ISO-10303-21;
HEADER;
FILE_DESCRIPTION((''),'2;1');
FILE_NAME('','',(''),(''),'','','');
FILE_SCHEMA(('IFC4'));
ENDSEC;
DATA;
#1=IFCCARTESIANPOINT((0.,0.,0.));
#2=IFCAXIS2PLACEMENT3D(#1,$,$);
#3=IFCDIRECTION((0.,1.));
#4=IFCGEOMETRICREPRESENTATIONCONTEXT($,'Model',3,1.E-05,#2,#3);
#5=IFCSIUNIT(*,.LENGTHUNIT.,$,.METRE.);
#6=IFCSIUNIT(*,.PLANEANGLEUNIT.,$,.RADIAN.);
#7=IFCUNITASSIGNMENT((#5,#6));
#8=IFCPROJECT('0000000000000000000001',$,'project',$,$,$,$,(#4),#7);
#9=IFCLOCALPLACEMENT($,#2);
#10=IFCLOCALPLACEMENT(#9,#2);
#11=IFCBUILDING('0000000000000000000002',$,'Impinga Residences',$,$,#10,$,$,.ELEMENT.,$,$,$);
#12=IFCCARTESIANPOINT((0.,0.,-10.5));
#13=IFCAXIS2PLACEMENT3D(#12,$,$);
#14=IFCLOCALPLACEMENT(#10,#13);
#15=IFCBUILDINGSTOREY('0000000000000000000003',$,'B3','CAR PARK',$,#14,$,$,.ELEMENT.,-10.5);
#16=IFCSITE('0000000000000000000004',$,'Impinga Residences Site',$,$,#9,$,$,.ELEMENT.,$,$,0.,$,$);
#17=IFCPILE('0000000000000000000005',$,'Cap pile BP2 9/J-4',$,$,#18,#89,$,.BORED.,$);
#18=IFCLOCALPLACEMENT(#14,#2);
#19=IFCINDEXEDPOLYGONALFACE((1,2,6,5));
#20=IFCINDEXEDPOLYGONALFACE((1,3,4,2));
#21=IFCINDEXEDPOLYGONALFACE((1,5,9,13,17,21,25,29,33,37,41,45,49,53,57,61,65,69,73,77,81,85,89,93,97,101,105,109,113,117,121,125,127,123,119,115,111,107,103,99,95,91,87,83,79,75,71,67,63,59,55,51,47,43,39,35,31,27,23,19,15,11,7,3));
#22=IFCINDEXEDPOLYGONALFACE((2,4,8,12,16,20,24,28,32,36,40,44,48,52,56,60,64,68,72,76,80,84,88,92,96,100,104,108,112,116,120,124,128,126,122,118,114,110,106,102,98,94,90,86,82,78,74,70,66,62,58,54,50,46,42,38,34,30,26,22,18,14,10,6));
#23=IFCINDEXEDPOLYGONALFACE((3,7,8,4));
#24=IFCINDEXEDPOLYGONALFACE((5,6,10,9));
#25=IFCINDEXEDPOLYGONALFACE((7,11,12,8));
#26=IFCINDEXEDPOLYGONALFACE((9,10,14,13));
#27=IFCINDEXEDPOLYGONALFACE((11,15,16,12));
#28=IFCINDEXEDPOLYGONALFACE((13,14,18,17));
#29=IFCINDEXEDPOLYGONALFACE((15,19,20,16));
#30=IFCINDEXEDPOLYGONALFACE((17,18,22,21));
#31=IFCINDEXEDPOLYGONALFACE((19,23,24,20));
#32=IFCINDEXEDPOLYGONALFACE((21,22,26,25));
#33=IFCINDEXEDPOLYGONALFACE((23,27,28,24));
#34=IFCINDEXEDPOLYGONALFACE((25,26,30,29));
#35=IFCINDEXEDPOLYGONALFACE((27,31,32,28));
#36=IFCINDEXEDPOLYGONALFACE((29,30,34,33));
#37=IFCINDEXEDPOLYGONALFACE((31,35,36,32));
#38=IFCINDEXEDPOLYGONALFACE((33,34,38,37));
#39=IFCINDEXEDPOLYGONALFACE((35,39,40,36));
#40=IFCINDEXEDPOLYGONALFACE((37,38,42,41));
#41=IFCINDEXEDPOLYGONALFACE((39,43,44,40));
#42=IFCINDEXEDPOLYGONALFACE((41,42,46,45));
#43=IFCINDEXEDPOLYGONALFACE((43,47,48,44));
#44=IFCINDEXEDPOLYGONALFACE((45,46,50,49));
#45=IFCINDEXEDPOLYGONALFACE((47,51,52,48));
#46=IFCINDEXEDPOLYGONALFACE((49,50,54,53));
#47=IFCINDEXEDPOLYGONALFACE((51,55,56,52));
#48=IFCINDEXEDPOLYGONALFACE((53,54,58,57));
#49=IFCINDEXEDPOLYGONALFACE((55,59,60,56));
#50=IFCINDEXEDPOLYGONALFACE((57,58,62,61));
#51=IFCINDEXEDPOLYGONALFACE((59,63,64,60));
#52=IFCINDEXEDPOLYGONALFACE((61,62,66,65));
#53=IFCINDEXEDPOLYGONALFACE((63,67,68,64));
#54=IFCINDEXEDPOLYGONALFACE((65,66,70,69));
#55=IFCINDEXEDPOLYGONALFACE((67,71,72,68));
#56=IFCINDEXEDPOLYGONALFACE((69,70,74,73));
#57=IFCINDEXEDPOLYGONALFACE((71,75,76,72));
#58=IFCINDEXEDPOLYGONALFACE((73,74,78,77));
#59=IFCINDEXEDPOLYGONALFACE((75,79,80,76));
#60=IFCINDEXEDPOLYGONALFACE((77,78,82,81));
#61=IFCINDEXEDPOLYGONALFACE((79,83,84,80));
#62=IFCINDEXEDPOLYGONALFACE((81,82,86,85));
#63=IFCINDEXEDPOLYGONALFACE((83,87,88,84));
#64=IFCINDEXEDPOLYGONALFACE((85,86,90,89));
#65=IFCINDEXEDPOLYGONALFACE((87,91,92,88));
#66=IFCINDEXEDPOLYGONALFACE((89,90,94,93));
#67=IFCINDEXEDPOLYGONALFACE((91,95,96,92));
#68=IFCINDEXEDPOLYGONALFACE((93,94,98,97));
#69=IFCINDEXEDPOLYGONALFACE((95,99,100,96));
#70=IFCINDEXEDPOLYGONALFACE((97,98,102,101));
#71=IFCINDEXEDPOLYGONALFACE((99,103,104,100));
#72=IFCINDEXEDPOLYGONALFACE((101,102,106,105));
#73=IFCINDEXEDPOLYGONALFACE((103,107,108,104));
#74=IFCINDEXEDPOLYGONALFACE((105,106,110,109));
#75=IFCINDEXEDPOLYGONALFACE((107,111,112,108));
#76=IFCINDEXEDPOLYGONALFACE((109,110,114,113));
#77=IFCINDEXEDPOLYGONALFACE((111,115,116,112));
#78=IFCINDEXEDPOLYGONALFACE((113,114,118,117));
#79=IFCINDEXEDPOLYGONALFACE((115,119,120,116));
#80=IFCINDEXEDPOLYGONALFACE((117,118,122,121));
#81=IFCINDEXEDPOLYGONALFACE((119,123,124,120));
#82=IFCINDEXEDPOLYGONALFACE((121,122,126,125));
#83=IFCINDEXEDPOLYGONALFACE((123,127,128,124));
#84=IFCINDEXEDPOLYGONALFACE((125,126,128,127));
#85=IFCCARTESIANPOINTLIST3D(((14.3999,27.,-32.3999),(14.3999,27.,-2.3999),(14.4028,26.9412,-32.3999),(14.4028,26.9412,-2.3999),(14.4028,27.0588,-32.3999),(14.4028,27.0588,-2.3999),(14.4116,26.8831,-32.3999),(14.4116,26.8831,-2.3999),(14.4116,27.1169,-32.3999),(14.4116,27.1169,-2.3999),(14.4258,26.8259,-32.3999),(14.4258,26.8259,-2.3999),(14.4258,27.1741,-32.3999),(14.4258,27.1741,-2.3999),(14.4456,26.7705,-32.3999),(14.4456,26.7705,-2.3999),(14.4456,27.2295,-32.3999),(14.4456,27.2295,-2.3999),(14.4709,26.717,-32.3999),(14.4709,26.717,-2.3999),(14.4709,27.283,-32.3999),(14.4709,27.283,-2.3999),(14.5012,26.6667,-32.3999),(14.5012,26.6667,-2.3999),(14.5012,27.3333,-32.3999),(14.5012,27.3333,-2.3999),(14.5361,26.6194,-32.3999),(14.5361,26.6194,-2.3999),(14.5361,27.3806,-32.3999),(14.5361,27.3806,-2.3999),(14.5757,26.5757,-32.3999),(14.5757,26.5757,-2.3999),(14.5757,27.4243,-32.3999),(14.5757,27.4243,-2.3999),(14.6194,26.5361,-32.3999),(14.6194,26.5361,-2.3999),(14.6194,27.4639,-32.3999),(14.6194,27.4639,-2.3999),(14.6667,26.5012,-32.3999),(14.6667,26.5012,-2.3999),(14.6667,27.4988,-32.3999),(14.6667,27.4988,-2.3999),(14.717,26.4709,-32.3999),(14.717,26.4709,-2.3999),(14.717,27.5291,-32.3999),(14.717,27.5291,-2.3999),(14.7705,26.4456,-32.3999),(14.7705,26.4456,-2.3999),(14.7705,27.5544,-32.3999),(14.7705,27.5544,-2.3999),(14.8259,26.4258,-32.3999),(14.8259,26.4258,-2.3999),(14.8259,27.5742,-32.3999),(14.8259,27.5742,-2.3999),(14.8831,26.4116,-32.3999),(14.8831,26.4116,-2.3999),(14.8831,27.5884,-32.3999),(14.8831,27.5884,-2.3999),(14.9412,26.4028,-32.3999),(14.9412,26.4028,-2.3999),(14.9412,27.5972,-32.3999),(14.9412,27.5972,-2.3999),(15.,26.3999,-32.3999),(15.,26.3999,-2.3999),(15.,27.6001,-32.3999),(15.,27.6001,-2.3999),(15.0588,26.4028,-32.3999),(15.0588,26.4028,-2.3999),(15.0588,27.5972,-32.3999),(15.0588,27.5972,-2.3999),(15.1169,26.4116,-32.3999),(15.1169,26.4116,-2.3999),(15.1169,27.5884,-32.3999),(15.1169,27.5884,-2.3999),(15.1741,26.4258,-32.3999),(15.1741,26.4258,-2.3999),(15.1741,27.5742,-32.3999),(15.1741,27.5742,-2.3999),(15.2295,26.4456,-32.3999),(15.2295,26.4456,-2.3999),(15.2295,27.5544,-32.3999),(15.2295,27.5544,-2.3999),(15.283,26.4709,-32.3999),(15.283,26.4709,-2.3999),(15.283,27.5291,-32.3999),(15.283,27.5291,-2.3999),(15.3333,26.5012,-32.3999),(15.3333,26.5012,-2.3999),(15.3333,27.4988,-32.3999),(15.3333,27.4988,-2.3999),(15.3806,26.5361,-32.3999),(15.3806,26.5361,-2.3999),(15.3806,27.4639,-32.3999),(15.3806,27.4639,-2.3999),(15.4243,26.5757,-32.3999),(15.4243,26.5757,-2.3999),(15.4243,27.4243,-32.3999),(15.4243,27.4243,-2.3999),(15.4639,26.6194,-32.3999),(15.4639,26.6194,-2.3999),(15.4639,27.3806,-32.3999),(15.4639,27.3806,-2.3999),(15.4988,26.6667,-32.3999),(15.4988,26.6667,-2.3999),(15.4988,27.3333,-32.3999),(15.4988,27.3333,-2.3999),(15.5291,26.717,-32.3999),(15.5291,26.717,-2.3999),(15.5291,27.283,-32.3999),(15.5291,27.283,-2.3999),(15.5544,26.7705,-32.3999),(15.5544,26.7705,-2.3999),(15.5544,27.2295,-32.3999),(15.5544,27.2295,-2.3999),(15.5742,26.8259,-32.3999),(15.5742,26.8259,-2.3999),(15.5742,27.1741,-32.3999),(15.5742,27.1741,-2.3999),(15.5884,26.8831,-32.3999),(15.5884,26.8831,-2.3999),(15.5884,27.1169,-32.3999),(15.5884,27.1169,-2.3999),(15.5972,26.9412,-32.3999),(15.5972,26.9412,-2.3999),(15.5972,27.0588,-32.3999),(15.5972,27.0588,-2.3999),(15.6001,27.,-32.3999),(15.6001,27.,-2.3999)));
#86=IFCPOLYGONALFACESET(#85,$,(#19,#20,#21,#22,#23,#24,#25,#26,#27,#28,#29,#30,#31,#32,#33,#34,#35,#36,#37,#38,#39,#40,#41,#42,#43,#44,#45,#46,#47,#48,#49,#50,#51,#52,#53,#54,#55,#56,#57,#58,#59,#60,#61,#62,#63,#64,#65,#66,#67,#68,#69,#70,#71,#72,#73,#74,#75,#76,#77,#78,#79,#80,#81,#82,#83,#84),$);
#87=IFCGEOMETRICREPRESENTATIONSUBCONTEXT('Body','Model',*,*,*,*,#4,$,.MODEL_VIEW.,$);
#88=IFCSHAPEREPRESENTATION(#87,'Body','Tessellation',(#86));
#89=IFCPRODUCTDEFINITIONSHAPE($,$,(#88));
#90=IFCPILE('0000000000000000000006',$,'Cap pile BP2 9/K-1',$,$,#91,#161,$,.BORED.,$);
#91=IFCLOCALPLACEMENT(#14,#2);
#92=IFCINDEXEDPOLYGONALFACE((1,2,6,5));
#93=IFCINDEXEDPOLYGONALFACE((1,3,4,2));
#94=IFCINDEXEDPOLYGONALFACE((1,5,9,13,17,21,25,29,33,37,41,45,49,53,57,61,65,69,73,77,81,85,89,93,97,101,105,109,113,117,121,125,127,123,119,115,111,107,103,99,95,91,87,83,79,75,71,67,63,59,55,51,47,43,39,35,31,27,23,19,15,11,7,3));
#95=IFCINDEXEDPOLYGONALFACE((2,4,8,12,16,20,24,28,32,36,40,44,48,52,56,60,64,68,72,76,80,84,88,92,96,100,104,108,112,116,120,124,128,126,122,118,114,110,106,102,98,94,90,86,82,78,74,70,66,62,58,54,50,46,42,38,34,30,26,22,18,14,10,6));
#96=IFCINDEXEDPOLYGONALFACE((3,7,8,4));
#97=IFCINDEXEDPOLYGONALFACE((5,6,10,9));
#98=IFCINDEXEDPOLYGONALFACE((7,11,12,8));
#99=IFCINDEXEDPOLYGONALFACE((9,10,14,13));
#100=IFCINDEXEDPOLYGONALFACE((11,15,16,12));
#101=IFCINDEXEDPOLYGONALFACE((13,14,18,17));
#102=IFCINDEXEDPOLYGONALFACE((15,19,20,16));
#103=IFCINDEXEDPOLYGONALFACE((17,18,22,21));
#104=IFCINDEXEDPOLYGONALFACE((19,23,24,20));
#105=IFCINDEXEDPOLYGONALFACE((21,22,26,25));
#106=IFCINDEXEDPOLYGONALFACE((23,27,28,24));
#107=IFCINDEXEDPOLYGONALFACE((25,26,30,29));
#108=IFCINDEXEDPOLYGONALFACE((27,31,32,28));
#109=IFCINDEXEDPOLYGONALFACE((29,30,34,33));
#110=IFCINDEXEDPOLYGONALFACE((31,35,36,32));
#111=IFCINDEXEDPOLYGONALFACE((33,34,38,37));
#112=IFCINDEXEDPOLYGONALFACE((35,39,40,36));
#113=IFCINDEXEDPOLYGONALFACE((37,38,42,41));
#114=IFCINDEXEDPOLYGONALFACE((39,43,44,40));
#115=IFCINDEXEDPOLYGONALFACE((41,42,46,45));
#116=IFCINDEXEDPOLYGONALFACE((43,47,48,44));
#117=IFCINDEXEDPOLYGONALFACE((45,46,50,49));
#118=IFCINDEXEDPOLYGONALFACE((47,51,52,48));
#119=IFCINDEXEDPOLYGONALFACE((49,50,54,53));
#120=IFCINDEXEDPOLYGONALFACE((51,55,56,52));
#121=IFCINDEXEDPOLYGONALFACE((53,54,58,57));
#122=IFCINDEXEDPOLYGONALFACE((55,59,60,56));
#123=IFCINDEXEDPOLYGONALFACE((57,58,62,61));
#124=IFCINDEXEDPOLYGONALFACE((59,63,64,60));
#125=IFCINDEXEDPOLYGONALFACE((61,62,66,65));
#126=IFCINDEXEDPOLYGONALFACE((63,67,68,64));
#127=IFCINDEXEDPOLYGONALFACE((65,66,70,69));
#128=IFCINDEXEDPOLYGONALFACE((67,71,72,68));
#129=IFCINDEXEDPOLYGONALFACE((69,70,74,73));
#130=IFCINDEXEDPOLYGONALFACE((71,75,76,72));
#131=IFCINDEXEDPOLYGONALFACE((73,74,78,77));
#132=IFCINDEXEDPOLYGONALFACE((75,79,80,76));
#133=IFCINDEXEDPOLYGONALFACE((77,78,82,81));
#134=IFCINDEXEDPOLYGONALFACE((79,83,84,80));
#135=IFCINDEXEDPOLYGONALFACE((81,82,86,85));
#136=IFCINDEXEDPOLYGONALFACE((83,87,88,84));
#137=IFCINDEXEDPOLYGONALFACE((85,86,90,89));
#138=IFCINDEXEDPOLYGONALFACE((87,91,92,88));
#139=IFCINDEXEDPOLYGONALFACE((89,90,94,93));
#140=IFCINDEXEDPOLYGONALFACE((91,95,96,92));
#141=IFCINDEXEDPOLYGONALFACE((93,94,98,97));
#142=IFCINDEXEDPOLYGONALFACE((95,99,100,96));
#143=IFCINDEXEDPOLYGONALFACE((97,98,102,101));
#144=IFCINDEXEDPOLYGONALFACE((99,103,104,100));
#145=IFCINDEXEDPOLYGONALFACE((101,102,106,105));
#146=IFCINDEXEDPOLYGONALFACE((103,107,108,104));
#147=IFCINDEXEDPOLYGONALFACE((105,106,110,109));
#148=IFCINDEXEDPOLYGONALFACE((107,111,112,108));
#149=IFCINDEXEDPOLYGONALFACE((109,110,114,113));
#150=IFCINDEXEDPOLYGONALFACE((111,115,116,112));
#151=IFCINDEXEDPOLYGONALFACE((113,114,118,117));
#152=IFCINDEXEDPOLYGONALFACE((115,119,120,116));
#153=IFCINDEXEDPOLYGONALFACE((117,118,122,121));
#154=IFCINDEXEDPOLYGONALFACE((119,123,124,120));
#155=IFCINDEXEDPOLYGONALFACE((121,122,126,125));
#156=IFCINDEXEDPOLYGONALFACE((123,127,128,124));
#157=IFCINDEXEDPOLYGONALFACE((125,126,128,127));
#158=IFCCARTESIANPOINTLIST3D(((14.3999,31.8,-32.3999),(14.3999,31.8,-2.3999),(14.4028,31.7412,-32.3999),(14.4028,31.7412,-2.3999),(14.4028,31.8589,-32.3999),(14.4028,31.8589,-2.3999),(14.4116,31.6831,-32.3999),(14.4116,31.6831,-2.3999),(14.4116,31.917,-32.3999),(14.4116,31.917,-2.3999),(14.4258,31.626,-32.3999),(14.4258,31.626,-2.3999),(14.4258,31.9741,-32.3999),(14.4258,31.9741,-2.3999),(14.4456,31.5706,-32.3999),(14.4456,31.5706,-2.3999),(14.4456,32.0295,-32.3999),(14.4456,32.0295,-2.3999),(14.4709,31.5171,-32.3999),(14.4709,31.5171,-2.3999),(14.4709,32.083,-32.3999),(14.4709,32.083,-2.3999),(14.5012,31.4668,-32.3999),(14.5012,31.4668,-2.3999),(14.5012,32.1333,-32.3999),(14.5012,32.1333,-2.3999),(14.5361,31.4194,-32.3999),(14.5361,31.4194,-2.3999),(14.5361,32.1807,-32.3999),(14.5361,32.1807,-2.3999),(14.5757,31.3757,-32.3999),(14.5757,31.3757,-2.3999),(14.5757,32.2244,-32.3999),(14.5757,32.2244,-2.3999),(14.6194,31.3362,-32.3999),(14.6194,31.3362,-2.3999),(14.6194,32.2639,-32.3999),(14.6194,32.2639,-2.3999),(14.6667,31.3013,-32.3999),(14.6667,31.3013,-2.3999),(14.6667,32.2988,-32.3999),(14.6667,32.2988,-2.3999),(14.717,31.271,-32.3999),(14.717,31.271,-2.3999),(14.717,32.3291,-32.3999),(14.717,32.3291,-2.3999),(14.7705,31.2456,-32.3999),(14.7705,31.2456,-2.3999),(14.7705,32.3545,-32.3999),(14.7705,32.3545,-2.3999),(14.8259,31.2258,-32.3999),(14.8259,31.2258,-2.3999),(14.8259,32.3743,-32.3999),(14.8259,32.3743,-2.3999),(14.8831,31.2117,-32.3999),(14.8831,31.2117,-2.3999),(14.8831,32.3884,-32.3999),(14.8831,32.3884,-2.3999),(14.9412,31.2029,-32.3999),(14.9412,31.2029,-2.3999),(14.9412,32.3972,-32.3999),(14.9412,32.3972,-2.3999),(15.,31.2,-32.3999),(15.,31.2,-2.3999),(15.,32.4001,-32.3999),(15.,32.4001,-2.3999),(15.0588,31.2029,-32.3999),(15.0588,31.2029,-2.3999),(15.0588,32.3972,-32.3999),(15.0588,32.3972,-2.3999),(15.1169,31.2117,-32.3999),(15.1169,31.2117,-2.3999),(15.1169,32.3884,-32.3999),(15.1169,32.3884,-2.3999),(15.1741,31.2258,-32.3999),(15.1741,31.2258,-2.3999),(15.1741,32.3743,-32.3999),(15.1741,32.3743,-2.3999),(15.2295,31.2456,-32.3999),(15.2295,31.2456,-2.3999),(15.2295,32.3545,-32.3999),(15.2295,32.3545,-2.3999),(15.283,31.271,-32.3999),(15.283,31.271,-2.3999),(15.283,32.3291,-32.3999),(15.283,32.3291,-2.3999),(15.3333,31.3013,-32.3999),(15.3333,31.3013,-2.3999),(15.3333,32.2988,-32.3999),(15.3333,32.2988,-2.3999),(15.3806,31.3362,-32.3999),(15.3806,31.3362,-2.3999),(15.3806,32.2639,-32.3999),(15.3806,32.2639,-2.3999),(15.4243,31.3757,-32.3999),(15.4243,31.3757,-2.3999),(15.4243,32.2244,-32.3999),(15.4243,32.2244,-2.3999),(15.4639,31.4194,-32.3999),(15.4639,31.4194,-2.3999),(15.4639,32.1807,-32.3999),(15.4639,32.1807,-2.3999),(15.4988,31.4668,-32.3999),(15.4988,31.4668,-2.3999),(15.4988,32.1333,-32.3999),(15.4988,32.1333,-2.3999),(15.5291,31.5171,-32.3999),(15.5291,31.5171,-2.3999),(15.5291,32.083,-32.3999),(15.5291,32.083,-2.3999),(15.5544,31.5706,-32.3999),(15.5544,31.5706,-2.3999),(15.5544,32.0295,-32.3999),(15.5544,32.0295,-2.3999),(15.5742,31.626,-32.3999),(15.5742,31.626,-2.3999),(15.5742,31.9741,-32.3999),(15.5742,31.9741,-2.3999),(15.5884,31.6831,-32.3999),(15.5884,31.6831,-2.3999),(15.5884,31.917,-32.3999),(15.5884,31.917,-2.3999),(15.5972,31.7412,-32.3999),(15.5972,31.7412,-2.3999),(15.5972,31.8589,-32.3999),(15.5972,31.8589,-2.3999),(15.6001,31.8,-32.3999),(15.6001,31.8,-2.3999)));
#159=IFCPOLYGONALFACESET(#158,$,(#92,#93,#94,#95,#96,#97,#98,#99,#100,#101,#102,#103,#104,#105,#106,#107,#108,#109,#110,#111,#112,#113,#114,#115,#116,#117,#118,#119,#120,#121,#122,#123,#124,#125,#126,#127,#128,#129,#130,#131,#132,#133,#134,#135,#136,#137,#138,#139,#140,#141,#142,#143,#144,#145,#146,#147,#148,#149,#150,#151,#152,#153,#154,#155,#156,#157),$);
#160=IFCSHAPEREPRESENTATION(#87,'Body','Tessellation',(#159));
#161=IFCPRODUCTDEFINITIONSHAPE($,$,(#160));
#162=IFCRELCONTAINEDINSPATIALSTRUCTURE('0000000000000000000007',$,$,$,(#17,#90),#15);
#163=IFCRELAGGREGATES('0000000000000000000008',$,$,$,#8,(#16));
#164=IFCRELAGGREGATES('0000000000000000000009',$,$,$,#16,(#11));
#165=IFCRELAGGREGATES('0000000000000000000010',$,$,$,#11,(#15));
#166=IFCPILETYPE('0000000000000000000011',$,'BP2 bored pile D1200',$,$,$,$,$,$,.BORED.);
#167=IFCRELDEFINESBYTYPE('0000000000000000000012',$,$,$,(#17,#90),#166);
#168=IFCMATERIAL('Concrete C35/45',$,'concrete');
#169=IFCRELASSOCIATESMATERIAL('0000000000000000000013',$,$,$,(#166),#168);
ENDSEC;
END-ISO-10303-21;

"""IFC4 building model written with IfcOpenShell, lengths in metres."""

from ifc_helpers import new_model, si_unit, direction, frame, origin, origin_2d, place, context, subcontext, project, spatial, polyline, circle, outline, extrude, material, material_profile, profile_set, type_object, element, save


model = new_model("IFC4")

# Units and contexts
model_context = context("Model", 3, precision=1e-05, world=origin(), true_north=direction((0.0, 1.0)))
body_context = subcontext(model_context, "Body", "Model", "MODEL_VIEW")
ifc_project = project(units=[si_unit("LENGTHUNIT", "METRE"), si_unit("PLANEANGLEUNIT", "RADIAN")], contexts=[model_context])

# Site, building, storey
site_placement = place(None, origin())
site = spatial("IfcSite", under=ifc_project, at=site_placement, Name="Impinga Residences Site", CompositionType="ELEMENT", RefElevation=0.0)
building_placement = place(site_placement, origin())
building = spatial("IfcBuilding", under=site, at=building_placement, Name="Impinga Residences", CompositionType="ELEMENT")
storey_placement = place(building_placement, frame((0.0, 0.0, -10.5)))
storey = spatial("IfcBuildingStorey", under=building, at=storey_placement, Name="B3", Description="CAR PARK", CompositionType="ELEMENT", Elevation=-10.5)

# Piles
ifc_material_1 = material(Name="Concrete C35/45", Category="concrete")
ifc_material_profile_1 = material_profile(ifc_material_1, circle(Radius=0.6001, at=origin_2d()), Name="D1200")
ifc_profile_set_1 = profile_set([ifc_material_profile_1], Name="Concrete C35/45")
pile_type_1 = type_object("IfcPileType", Name="BP2 bored pile D1200", PredefinedType="BORED", material=ifc_profile_set_1)
pile_1_placement = place(storey_placement, frame((15.0, 27.0, -2.3999), z_axis=(0.0, 0.0, -1.0), x_axis=(1.0, 0.0, 0.0)))
element("IfcPile", 1, at=pile_1_placement, inside=storey, type_object=pile_type_1, Name="Cap pile BP2 9/J-4", PredefinedType="BORED", context=body_context, shape_type="SweptSolid", body=[
    extrude(outline(polyline([(0.6001, 0.0), (0.5972, 0.0588), (0.5884, 0.1169), (0.5742, 0.1741), (0.5544, 0.2295), (0.5291, 0.283), (0.4988, 0.3333), (0.4639, 0.3806), (0.4243, 0.4243), (0.3806, 0.4639), (0.3333, 0.4988), (0.283, 0.5291), (0.2295, 0.5544), (0.1741, 0.5742), (0.1169, 0.5884), (0.0588, 0.5972), (0.0, 0.6001), (-0.0588, 0.5972), (-0.1169, 0.5884), (-0.1741, 0.5742), (-0.2295, 0.5544), (-0.283, 0.5291), (-0.3333, 0.4988), (-0.3806, 0.4639), (-0.4243, 0.4243), (-0.4639, 0.3806), (-0.4988, 0.3333), (-0.5291, 0.283), (-0.5544, 0.2295), (-0.5742, 0.1741), (-0.5884, 0.1169), (-0.5972, 0.0588), (-0.6001, 0.0), (-0.5972, -0.0588), (-0.5884, -0.1169), (-0.5742, -0.1741), (-0.5544, -0.2295), (-0.5291, -0.283), (-0.4988, -0.3333), (-0.4639, -0.3806), (-0.4243, -0.4243), (-0.3806, -0.4639), (-0.3333, -0.4988), (-0.283, -0.5291), (-0.2295, -0.5544), (-0.1741, -0.5742), (-0.1169, -0.5884), (-0.0588, -0.5972), (0.0, -0.6001), (0.0588, -0.5972), (0.1169, -0.5884), (0.1741, -0.5742), (0.2295, -0.5544), (0.283, -0.5291), (0.3333, -0.4988), (0.3806, -0.4639), (0.4243, -0.4243), (0.4639, -0.3806), (0.4988, -0.3333), (0.5291, -0.283), (0.5544, -0.2295), (0.5742, -0.1741), (0.5884, -0.1169), (0.5972, -0.0588), (0.6001, 0.0)])), origin(), (0.0, 0.0, 1.0), 30.0),
])
pile_2_placement = place(storey_placement, frame((15.0, 31.8, -2.3999), z_axis=(0.0, 0.0, -1.0), x_axis=(1.0, 0.0, 0.0)))
element("IfcPile", 2, at=pile_2_placement, inside=storey, type_object=pile_type_1, Name="Cap pile BP2 9/K-1", PredefinedType="BORED", context=body_context, shape_type="SweptSolid", body=[
    extrude(outline(polyline([(0.6001, 0.0), (0.5972, 0.0588), (0.5884, 0.1169), (0.5742, 0.1741), (0.5544, 0.2295), (0.5291, 0.283), (0.4988, 0.3333), (0.4639, 0.3806), (0.4243, 0.4243), (0.3806, 0.4639), (0.3333, 0.4988), (0.283, 0.5291), (0.2295, 0.5544), (0.1741, 0.5742), (0.1169, 0.5884), (0.0588, 0.5972), (0.0, 0.6001), (-0.0588, 0.5972), (-0.1169, 0.5884), (-0.1741, 0.5742), (-0.2295, 0.5544), (-0.283, 0.5291), (-0.3333, 0.4988), (-0.3806, 0.4639), (-0.4243, 0.4243), (-0.4639, 0.3806), (-0.4988, 0.3333), (-0.5291, 0.283), (-0.5544, 0.2295), (-0.5742, 0.1741), (-0.5884, 0.1169), (-0.5972, 0.0588), (-0.6001, 0.0), (-0.5972, -0.0588), (-0.5884, -0.1169), (-0.5742, -0.1741), (-0.5544, -0.2295), (-0.5291, -0.283), (-0.4988, -0.3333), (-0.4639, -0.3806), (-0.4243, -0.4243), (-0.3806, -0.4639), (-0.3333, -0.4988), (-0.283, -0.5291), (-0.2295, -0.5544), (-0.1741, -0.5742), (-0.1169, -0.5884), (-0.0588, -0.5972), (0.0, -0.6001), (0.0588, -0.5972), (0.1169, -0.5884), (0.1741, -0.5742), (0.2295, -0.5544), (0.283, -0.5291), (0.3333, -0.4988), (0.3806, -0.4639), (0.4243, -0.4243), (0.4639, -0.3806), (0.4988, -0.3333), (0.5291, -0.283), (0.5544, -0.2295), (0.5742, -0.1741), (0.5884, -0.1169), (0.5972, -0.0588), (0.6001, 0.0)])), origin(), (0.0, 0.0, 1.0), 30.0),
])

save(model, "model.ifc")
